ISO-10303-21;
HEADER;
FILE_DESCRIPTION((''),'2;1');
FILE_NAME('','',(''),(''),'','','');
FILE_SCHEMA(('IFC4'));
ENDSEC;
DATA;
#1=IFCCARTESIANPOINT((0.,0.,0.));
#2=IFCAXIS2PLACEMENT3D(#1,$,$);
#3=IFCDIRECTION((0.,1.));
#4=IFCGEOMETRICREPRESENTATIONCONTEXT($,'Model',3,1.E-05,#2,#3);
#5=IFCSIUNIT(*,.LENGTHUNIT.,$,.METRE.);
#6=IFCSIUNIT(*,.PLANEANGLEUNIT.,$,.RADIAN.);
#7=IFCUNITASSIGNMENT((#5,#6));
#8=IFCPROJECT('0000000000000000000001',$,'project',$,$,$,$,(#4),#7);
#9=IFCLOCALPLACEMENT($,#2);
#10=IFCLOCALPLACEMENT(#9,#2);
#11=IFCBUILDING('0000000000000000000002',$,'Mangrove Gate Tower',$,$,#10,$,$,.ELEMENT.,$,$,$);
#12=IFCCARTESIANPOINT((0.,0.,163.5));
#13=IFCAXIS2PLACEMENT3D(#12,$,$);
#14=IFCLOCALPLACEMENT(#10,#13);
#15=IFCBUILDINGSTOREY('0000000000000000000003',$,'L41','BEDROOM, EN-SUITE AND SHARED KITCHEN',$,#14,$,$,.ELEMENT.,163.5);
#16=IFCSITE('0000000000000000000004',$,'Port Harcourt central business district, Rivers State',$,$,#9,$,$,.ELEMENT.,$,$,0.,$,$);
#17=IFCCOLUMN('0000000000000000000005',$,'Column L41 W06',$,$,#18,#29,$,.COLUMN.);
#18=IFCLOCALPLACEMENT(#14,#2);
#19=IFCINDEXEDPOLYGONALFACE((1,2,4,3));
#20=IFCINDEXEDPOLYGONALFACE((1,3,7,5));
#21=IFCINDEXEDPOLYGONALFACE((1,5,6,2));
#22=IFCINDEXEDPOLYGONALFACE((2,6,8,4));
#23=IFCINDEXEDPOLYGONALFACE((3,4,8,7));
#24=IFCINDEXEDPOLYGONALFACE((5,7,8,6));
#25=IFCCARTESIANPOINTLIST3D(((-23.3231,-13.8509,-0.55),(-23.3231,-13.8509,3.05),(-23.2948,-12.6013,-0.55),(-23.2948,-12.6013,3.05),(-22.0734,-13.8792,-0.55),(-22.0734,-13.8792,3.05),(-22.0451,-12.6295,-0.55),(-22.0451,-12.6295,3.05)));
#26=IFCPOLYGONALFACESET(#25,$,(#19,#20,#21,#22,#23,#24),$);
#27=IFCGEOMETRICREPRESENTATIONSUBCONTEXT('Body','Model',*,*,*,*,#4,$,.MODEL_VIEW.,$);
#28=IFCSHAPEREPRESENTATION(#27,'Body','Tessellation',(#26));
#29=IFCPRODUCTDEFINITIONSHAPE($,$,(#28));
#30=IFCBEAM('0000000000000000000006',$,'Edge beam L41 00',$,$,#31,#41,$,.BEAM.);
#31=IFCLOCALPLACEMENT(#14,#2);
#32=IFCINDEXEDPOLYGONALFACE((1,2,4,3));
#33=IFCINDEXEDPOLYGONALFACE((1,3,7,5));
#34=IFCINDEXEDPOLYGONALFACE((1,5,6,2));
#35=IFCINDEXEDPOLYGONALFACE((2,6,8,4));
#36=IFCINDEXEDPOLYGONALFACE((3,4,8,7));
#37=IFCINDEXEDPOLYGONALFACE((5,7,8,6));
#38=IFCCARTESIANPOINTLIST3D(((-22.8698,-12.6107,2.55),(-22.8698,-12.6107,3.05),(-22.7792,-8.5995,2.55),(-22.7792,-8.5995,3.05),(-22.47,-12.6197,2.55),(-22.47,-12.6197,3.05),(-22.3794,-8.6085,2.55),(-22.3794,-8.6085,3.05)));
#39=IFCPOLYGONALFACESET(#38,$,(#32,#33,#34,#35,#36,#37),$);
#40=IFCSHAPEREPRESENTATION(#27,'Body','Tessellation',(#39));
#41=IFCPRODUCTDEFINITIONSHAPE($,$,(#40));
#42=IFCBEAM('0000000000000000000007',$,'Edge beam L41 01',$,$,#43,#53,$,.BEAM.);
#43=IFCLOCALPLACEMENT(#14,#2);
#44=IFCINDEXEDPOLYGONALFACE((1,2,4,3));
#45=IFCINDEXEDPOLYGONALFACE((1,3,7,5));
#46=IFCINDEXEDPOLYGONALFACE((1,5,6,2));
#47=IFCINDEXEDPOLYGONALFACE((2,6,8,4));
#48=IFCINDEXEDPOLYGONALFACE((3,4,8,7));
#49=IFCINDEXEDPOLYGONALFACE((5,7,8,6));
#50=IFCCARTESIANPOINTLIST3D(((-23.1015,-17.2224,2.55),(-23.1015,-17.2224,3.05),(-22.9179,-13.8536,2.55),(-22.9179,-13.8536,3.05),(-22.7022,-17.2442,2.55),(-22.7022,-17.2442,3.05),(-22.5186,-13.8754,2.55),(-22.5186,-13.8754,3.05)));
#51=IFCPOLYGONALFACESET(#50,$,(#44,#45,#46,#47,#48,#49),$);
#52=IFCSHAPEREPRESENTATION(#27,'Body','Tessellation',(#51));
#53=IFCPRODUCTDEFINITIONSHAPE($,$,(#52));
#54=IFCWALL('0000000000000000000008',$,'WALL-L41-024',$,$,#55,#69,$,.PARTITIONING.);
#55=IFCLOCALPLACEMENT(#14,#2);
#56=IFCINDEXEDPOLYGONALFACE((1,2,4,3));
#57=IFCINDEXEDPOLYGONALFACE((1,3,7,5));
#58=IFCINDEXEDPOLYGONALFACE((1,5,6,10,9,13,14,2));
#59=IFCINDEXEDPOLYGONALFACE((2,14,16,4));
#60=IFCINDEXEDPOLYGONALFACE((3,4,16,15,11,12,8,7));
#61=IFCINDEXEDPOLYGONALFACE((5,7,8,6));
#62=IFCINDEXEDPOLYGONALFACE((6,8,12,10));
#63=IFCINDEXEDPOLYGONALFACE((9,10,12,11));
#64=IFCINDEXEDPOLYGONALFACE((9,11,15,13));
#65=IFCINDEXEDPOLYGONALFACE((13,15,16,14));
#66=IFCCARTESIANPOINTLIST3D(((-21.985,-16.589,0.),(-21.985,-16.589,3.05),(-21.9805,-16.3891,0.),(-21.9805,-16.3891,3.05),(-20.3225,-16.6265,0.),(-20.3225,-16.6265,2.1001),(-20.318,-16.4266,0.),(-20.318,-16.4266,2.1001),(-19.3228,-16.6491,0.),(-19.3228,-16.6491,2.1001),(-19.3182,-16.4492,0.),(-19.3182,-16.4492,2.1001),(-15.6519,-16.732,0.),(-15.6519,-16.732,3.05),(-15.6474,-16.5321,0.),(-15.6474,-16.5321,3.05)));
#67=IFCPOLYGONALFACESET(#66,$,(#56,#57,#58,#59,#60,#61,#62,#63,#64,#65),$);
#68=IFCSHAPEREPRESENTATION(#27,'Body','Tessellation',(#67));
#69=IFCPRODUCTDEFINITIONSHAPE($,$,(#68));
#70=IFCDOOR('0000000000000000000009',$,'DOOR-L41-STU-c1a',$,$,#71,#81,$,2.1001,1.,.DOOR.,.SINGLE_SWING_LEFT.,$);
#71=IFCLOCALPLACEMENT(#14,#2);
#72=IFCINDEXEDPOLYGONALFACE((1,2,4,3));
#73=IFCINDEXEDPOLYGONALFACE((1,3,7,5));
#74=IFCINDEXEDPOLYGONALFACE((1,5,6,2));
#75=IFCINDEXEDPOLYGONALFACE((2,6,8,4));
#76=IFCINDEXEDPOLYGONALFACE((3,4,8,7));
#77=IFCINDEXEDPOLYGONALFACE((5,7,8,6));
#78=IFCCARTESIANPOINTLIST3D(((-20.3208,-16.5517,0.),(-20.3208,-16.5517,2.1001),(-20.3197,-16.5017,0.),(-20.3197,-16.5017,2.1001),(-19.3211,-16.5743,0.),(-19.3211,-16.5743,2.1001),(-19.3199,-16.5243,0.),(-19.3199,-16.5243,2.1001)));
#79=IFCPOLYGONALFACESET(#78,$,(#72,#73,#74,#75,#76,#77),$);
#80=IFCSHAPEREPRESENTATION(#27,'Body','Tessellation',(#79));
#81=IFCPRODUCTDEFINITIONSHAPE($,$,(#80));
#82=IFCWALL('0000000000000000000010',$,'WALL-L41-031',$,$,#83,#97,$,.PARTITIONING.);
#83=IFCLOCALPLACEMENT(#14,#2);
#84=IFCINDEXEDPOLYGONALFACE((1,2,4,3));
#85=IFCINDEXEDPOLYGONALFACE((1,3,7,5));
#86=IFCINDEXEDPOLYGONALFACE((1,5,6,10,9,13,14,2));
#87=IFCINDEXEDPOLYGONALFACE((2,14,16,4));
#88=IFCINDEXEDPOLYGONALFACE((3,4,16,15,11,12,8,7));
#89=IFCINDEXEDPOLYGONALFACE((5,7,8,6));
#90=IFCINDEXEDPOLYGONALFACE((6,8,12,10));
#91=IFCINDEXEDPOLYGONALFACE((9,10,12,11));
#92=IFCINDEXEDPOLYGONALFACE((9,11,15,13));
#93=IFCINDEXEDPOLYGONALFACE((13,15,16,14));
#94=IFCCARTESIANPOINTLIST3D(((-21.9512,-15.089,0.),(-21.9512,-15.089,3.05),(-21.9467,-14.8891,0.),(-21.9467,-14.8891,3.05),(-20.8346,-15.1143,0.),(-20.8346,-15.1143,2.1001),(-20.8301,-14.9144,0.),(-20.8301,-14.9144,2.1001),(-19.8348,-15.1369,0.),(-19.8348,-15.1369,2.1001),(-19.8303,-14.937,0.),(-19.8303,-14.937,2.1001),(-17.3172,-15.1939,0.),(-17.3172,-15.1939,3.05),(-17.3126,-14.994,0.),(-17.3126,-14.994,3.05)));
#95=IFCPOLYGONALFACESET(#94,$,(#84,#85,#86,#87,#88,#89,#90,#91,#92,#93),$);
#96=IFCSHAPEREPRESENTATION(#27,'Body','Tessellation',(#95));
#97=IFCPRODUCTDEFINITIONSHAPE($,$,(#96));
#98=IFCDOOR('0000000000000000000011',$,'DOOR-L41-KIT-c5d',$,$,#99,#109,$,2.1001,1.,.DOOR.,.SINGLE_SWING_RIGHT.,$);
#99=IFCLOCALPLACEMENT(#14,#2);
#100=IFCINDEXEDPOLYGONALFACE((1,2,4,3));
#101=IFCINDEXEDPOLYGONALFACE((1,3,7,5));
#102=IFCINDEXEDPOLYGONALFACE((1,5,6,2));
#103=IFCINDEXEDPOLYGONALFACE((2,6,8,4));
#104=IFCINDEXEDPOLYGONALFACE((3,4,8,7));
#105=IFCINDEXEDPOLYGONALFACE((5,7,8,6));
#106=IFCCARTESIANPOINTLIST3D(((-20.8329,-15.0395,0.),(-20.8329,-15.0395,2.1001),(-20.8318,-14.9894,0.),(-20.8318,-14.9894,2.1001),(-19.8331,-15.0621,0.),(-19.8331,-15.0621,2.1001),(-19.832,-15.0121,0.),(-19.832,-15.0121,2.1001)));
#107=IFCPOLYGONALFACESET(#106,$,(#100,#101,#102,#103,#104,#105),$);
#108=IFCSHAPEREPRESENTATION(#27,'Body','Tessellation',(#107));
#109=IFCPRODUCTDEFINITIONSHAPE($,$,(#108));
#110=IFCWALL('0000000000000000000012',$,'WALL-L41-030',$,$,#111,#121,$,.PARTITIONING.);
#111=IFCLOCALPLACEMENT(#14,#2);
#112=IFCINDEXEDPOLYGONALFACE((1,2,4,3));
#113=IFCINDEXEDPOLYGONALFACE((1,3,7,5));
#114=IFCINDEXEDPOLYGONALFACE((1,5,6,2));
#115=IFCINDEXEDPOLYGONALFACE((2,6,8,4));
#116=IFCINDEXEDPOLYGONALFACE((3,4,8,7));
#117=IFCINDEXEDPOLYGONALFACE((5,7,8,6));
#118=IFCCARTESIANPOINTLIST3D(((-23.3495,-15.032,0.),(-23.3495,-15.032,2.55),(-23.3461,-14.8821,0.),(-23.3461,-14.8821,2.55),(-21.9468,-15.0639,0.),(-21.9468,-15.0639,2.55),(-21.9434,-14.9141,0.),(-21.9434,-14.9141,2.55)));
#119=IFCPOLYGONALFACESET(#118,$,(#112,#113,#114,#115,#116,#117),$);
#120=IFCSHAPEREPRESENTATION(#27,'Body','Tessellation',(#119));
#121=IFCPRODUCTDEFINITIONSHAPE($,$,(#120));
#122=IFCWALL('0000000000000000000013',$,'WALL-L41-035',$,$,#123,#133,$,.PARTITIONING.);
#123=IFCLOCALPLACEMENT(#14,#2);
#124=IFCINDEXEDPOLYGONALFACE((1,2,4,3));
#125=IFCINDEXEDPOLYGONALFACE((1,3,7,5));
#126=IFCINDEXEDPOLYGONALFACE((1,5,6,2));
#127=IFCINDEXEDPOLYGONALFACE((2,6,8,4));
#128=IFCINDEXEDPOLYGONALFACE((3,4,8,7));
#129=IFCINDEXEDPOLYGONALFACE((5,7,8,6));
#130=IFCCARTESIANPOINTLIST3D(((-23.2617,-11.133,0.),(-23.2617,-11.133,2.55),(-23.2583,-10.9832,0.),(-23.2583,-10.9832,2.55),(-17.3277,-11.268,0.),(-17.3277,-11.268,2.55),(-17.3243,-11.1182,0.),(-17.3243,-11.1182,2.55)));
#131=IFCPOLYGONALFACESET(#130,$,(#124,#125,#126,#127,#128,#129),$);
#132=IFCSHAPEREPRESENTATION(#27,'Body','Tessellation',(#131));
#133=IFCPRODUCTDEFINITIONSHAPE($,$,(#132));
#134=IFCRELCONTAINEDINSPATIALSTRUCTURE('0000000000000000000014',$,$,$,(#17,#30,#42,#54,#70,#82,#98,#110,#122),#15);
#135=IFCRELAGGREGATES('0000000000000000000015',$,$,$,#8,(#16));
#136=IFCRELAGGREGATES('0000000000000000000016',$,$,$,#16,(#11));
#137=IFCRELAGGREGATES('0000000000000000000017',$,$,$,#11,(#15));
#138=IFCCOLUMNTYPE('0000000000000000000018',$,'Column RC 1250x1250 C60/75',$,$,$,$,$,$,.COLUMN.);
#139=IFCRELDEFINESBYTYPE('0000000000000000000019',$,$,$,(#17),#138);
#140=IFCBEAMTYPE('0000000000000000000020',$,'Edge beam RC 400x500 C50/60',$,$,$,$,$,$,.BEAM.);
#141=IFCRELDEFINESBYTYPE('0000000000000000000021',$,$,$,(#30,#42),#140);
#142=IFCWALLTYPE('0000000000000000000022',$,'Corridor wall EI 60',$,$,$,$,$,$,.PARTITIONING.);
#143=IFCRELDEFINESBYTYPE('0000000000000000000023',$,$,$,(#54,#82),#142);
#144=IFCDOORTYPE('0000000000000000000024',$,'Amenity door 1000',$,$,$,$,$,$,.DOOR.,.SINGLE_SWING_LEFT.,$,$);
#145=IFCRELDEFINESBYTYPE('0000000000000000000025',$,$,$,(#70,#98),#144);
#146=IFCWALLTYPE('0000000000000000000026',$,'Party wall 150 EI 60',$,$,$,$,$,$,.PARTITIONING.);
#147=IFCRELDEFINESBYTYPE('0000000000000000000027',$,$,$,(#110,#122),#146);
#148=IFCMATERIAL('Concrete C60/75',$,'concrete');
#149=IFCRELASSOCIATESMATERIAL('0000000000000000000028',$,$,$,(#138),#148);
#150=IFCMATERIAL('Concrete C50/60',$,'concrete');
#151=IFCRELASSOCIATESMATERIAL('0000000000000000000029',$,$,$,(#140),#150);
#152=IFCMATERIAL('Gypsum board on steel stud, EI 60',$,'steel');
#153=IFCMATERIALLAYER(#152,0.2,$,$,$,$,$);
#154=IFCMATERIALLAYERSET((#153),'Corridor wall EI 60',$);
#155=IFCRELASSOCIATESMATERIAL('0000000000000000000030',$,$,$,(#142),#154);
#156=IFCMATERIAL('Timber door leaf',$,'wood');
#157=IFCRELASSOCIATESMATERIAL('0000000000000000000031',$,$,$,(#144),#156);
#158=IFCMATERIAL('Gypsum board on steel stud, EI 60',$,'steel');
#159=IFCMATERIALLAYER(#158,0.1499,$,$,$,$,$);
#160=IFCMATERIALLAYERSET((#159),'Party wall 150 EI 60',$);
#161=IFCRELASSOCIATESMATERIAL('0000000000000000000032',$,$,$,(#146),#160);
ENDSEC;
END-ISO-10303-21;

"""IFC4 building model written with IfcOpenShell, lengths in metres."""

from ifc_helpers import new_model, si_unit, direction, frame, frame_2d, origin, origin_2d, place, context, subcontext, project, spatial, rectangle, extrude, material, layer, layer_set, material_profile, profile_set, type_object, element, fill, save


model = new_model("IFC4")

# Units and contexts
model_context = context("Model", 3, precision=1e-05, world=origin(), true_north=direction((0.0, 1.0)))
body_context = subcontext(model_context, "Body", "Model", "MODEL_VIEW")
ifc_project = project(units=[si_unit("LENGTHUNIT", "METRE"), si_unit("PLANEANGLEUNIT", "RADIAN")], contexts=[model_context])

# Site, building, storey
site_placement = place(None, origin())
site = spatial("IfcSite", under=ifc_project, at=site_placement, Name="Port Harcourt central business district, Rivers State", CompositionType="ELEMENT", RefElevation=0.0)
building_placement = place(site_placement, origin())
building = spatial("IfcBuilding", under=site, at=building_placement, Name="Mangrove Gate Tower", CompositionType="ELEMENT")
storey_placement = place(building_placement, frame((0.0, 0.0, 163.5)))
storey = spatial("IfcBuildingStorey", under=building, at=storey_placement, Name="L41", Description="BEDROOM, EN-SUITE AND SHARED KITCHEN", CompositionType="ELEMENT", Elevation=163.5)

# Column
ifc_material_1 = material(Name="Concrete C60/75", Category="concrete")
ifc_material_profile_1 = material_profile(ifc_material_1, rectangle(XDim=1.25, YDim=1.25, at=origin_2d()))
ifc_profile_set_1 = profile_set([ifc_material_profile_1], Name="Concrete C60/75")
column_type = type_object("IfcColumnType", Name="Column RC 1250x1250 C60/75", PredefinedType="COLUMN", material=ifc_profile_set_1)
column_placement = place(storey_placement, frame((-22.6841, -13.2402, -0.55), z_axis=(0.0, 0.0, 1.0), x_axis=(-0.022613, -0.999744, 0.0)))
element("IfcColumn", 1, at=column_placement, inside=storey, type_object=column_type, Name="Column L41 W06", PredefinedType="COLUMN", context=body_context, shape_type="SweptSolid", body=[
    extrude(rectangle(XDim=1.25, YDim=1.25, at=origin_2d()), origin(), (0.0, 0.0, 1.0), 3.6001),
])

# Beams
ifc_material_2 = material(Name="Concrete C50/60", Category="concrete")
ifc_material_profile_2 = material_profile(ifc_material_2, rectangle(XDim=0.3999, YDim=0.5, at=origin_2d()))
ifc_profile_set_2 = profile_set([ifc_material_profile_2], Name="Concrete C50/60")
beam_type = type_object("IfcBeamType", Name="Edge beam RC 400x500 C50/60", PredefinedType="BEAM", material=ifc_profile_set_2)
beam_1_placement = place(storey_placement, frame((-22.5793, -8.604, 2.8), z_axis=(-0.022575, -0.999745, 0.0), x_axis=(0.999745, -0.022575, 0.0)))
element("IfcBeam", 2, at=beam_1_placement, inside=storey, type_object=beam_type, Name="Edge beam L41 00", PredefinedType="BEAM", context=body_context, shape_type="SweptSolid", body=[
    extrude(rectangle(XDim=0.3999, YDim=0.5, at=origin_2d()), origin(), (0.0, 0.0, 1.0), 4.0122),
])
beam_2_placement = place(storey_placement, frame((-22.7183, -13.8645, 2.8), z_axis=(-0.054416, -0.998518, 0.0), x_axis=(0.998518, -0.054416, 0.0)))
element("IfcBeam", 3, at=beam_2_placement, inside=storey, type_object=beam_type, Name="Edge beam L41 01", PredefinedType="BEAM", context=body_context, shape_type="SweptSolid", body=[
    extrude(rectangle(XDim=0.3999, YDim=0.5, at=origin_2d()), origin(), (0.0, 0.0, 1.0), 3.3738),
])

# Wall, opening, door
ifc_material_3 = material(Name="Gypsum board on steel stud, EI 60", Category="steel")
ifc_layer_1 = layer(ifc_material_3, 0.2)
ifc_layer_set_1 = layer_set([ifc_layer_1], Name="Corridor wall EI 60")
wall_type_1 = type_object("IfcWallType", Name="Corridor wall EI 60", PredefinedType="PARTITIONING", material=ifc_layer_set_1)
wall_1_placement = place(storey_placement, frame((-21.9829, -16.489, 0.0), z_axis=(0.0, 0.0, 1.0), x_axis=(0.999745, -0.022585, 0.0)))
wall_1 = element("IfcWall", 4, at=wall_1_placement, inside=storey, type_object=wall_type_1, Name="WALL-L41-024", PredefinedType="PARTITIONING", context=body_context, shape_type="SweptSolid", body=[
    extrude(rectangle(XDim=6.3347, YDim=0.2, at=frame_2d((3.1675, 0.0))), origin(), (0.0, 0.0, 1.0), 3.05),
])
opening_1_placement = place(wall_1_placement, frame((1.6631, 0.0, 0.0)))
opening_1 = element("IfcOpeningElement", 5, at=opening_1_placement, cuts=wall_1, PredefinedType="OPENING", context=body_context, shape_type="SweptSolid", body=[
    extrude(rectangle(XDim=1.0, YDim=2.1001, at=frame_2d((0.5, 1.05))), frame((0.0, 0.1099, 0.0), z_axis=(0.0, -1.0, 0.0), x_axis=(1.0, 0.0, 0.0)), (0.0, 0.0, 1.0), 0.22),
])
ifc_material_4 = material(Name="Timber door leaf", Category="wood")
door_type_1 = type_object("IfcDoorType", Name="Amenity door 1000", OperationType="SINGLE_SWING_LEFT", PredefinedType="DOOR", material=ifc_material_4)
door_1_placement = place(opening_1_placement, origin())
door_1 = element("IfcDoor", 6, at=door_1_placement, inside=storey, type_object=door_type_1, Name="DOOR-L41-STU-c1a", OperationType="SINGLE_SWING_LEFT", OverallHeight=2.1001, OverallWidth=1.0, PredefinedType="DOOR", context=body_context, shape_type="SweptSolid", body=[
    extrude(rectangle(XDim=1.0, YDim=2.1001, at=frame_2d((0.5, 1.05))), frame((0.0, 0.0249, 0.0), z_axis=(0.0, -1.0, 0.0), x_axis=(1.0, 0.0, 0.0)), (0.0, 0.0, 1.0), 0.05),
])
fill(opening_1, door_1)

# Wall, opening, door
wall_2_placement = place(storey_placement, frame((-21.949, -14.989, 0.0), z_axis=(0.0, 0.0, 1.0), x_axis=(0.999743, -0.022648, 0.0)))
wall_2 = element("IfcWall", 7, at=wall_2_placement, inside=storey, type_object=wall_type_1, Name="WALL-L41-031", PredefinedType="PARTITIONING", context=body_context, shape_type="SweptSolid", body=[
    extrude(rectangle(XDim=4.6353, YDim=0.2, at=frame_2d((2.3176, 0.0))), origin(), (0.0, 0.0, 1.0), 3.05),
])
opening_2_placement = place(wall_2_placement, frame((1.1169, 0.0, 0.0)))
opening_2 = element("IfcOpeningElement", 8, at=opening_2_placement, cuts=wall_2, PredefinedType="OPENING", context=body_context, shape_type="SweptSolid", body=[
    extrude(rectangle(XDim=1.0, YDim=2.1001, at=frame_2d((0.5, 1.05))), frame((0.0, 0.1099, 0.0), z_axis=(0.0, -1.0, 0.0), x_axis=(1.0, 0.0, 0.0)), (0.0, 0.0, 1.0), 0.22),
])
door_2_placement = place(opening_2_placement, origin())
door_2 = element("IfcDoor", 9, at=door_2_placement, inside=storey, type_object=door_type_1, Name="DOOR-L41-KIT-c5d", OperationType="SINGLE_SWING_RIGHT", OverallHeight=2.1001, OverallWidth=1.0, PredefinedType="DOOR", context=body_context, shape_type="SweptSolid", body=[
    extrude(rectangle(XDim=1.0, YDim=2.1001, at=frame_2d((0.5, 1.05))), frame((0.0, 0.0249, 0.0), z_axis=(0.0, -1.0, 0.0), x_axis=(1.0, 0.0, 0.0)), (0.0, 0.0, 1.0), 0.05),
])
fill(opening_2, door_2)

# Walls
ifc_material_5 = material(Name="Gypsum board on steel stud, EI 60", Category="steel")
ifc_layer_2 = layer(ifc_material_5, 0.1499)
ifc_layer_set_2 = layer_set([ifc_layer_2], Name="Party wall 150 EI 60")
wall_type_2 = type_object("IfcWallType", Name="Party wall 150 EI 60", PredefinedType="PARTITIONING", material=ifc_layer_set_2)
wall_3_placement = place(storey_placement, frame((-23.3479, -14.957, 0.0), z_axis=(0.0, 0.0, 1.0), x_axis=(0.99974, -0.022793, 0.0)))
element("IfcWall", 10, at=wall_3_placement, inside=storey, type_object=wall_type_2, Name="WALL-L41-030", PredefinedType="PARTITIONING", context=body_context, shape_type="SweptSolid", body=[
    extrude(rectangle(XDim=1.4031, YDim=0.1499, at=frame_2d((0.7017, 0.0))), origin(), (0.0, 0.0, 1.0), 2.55),
])
wall_4_placement = place(storey_placement, frame((-23.26, -11.0581, 0.0), z_axis=(0.0, 0.0, 1.0), x_axis=(0.999741, -0.022746, 0.0)))
element("IfcWall", 11, at=wall_4_placement, inside=storey, type_object=wall_type_2, Name="WALL-L41-035", PredefinedType="PARTITIONING", context=body_context, shape_type="SweptSolid", body=[
    extrude(rectangle(XDim=5.9355, YDim=0.1499, at=frame_2d((2.9678, 0.0))), origin(), (0.0, 0.0, 1.0), 2.55),
])

save(model, "model.ifc")
